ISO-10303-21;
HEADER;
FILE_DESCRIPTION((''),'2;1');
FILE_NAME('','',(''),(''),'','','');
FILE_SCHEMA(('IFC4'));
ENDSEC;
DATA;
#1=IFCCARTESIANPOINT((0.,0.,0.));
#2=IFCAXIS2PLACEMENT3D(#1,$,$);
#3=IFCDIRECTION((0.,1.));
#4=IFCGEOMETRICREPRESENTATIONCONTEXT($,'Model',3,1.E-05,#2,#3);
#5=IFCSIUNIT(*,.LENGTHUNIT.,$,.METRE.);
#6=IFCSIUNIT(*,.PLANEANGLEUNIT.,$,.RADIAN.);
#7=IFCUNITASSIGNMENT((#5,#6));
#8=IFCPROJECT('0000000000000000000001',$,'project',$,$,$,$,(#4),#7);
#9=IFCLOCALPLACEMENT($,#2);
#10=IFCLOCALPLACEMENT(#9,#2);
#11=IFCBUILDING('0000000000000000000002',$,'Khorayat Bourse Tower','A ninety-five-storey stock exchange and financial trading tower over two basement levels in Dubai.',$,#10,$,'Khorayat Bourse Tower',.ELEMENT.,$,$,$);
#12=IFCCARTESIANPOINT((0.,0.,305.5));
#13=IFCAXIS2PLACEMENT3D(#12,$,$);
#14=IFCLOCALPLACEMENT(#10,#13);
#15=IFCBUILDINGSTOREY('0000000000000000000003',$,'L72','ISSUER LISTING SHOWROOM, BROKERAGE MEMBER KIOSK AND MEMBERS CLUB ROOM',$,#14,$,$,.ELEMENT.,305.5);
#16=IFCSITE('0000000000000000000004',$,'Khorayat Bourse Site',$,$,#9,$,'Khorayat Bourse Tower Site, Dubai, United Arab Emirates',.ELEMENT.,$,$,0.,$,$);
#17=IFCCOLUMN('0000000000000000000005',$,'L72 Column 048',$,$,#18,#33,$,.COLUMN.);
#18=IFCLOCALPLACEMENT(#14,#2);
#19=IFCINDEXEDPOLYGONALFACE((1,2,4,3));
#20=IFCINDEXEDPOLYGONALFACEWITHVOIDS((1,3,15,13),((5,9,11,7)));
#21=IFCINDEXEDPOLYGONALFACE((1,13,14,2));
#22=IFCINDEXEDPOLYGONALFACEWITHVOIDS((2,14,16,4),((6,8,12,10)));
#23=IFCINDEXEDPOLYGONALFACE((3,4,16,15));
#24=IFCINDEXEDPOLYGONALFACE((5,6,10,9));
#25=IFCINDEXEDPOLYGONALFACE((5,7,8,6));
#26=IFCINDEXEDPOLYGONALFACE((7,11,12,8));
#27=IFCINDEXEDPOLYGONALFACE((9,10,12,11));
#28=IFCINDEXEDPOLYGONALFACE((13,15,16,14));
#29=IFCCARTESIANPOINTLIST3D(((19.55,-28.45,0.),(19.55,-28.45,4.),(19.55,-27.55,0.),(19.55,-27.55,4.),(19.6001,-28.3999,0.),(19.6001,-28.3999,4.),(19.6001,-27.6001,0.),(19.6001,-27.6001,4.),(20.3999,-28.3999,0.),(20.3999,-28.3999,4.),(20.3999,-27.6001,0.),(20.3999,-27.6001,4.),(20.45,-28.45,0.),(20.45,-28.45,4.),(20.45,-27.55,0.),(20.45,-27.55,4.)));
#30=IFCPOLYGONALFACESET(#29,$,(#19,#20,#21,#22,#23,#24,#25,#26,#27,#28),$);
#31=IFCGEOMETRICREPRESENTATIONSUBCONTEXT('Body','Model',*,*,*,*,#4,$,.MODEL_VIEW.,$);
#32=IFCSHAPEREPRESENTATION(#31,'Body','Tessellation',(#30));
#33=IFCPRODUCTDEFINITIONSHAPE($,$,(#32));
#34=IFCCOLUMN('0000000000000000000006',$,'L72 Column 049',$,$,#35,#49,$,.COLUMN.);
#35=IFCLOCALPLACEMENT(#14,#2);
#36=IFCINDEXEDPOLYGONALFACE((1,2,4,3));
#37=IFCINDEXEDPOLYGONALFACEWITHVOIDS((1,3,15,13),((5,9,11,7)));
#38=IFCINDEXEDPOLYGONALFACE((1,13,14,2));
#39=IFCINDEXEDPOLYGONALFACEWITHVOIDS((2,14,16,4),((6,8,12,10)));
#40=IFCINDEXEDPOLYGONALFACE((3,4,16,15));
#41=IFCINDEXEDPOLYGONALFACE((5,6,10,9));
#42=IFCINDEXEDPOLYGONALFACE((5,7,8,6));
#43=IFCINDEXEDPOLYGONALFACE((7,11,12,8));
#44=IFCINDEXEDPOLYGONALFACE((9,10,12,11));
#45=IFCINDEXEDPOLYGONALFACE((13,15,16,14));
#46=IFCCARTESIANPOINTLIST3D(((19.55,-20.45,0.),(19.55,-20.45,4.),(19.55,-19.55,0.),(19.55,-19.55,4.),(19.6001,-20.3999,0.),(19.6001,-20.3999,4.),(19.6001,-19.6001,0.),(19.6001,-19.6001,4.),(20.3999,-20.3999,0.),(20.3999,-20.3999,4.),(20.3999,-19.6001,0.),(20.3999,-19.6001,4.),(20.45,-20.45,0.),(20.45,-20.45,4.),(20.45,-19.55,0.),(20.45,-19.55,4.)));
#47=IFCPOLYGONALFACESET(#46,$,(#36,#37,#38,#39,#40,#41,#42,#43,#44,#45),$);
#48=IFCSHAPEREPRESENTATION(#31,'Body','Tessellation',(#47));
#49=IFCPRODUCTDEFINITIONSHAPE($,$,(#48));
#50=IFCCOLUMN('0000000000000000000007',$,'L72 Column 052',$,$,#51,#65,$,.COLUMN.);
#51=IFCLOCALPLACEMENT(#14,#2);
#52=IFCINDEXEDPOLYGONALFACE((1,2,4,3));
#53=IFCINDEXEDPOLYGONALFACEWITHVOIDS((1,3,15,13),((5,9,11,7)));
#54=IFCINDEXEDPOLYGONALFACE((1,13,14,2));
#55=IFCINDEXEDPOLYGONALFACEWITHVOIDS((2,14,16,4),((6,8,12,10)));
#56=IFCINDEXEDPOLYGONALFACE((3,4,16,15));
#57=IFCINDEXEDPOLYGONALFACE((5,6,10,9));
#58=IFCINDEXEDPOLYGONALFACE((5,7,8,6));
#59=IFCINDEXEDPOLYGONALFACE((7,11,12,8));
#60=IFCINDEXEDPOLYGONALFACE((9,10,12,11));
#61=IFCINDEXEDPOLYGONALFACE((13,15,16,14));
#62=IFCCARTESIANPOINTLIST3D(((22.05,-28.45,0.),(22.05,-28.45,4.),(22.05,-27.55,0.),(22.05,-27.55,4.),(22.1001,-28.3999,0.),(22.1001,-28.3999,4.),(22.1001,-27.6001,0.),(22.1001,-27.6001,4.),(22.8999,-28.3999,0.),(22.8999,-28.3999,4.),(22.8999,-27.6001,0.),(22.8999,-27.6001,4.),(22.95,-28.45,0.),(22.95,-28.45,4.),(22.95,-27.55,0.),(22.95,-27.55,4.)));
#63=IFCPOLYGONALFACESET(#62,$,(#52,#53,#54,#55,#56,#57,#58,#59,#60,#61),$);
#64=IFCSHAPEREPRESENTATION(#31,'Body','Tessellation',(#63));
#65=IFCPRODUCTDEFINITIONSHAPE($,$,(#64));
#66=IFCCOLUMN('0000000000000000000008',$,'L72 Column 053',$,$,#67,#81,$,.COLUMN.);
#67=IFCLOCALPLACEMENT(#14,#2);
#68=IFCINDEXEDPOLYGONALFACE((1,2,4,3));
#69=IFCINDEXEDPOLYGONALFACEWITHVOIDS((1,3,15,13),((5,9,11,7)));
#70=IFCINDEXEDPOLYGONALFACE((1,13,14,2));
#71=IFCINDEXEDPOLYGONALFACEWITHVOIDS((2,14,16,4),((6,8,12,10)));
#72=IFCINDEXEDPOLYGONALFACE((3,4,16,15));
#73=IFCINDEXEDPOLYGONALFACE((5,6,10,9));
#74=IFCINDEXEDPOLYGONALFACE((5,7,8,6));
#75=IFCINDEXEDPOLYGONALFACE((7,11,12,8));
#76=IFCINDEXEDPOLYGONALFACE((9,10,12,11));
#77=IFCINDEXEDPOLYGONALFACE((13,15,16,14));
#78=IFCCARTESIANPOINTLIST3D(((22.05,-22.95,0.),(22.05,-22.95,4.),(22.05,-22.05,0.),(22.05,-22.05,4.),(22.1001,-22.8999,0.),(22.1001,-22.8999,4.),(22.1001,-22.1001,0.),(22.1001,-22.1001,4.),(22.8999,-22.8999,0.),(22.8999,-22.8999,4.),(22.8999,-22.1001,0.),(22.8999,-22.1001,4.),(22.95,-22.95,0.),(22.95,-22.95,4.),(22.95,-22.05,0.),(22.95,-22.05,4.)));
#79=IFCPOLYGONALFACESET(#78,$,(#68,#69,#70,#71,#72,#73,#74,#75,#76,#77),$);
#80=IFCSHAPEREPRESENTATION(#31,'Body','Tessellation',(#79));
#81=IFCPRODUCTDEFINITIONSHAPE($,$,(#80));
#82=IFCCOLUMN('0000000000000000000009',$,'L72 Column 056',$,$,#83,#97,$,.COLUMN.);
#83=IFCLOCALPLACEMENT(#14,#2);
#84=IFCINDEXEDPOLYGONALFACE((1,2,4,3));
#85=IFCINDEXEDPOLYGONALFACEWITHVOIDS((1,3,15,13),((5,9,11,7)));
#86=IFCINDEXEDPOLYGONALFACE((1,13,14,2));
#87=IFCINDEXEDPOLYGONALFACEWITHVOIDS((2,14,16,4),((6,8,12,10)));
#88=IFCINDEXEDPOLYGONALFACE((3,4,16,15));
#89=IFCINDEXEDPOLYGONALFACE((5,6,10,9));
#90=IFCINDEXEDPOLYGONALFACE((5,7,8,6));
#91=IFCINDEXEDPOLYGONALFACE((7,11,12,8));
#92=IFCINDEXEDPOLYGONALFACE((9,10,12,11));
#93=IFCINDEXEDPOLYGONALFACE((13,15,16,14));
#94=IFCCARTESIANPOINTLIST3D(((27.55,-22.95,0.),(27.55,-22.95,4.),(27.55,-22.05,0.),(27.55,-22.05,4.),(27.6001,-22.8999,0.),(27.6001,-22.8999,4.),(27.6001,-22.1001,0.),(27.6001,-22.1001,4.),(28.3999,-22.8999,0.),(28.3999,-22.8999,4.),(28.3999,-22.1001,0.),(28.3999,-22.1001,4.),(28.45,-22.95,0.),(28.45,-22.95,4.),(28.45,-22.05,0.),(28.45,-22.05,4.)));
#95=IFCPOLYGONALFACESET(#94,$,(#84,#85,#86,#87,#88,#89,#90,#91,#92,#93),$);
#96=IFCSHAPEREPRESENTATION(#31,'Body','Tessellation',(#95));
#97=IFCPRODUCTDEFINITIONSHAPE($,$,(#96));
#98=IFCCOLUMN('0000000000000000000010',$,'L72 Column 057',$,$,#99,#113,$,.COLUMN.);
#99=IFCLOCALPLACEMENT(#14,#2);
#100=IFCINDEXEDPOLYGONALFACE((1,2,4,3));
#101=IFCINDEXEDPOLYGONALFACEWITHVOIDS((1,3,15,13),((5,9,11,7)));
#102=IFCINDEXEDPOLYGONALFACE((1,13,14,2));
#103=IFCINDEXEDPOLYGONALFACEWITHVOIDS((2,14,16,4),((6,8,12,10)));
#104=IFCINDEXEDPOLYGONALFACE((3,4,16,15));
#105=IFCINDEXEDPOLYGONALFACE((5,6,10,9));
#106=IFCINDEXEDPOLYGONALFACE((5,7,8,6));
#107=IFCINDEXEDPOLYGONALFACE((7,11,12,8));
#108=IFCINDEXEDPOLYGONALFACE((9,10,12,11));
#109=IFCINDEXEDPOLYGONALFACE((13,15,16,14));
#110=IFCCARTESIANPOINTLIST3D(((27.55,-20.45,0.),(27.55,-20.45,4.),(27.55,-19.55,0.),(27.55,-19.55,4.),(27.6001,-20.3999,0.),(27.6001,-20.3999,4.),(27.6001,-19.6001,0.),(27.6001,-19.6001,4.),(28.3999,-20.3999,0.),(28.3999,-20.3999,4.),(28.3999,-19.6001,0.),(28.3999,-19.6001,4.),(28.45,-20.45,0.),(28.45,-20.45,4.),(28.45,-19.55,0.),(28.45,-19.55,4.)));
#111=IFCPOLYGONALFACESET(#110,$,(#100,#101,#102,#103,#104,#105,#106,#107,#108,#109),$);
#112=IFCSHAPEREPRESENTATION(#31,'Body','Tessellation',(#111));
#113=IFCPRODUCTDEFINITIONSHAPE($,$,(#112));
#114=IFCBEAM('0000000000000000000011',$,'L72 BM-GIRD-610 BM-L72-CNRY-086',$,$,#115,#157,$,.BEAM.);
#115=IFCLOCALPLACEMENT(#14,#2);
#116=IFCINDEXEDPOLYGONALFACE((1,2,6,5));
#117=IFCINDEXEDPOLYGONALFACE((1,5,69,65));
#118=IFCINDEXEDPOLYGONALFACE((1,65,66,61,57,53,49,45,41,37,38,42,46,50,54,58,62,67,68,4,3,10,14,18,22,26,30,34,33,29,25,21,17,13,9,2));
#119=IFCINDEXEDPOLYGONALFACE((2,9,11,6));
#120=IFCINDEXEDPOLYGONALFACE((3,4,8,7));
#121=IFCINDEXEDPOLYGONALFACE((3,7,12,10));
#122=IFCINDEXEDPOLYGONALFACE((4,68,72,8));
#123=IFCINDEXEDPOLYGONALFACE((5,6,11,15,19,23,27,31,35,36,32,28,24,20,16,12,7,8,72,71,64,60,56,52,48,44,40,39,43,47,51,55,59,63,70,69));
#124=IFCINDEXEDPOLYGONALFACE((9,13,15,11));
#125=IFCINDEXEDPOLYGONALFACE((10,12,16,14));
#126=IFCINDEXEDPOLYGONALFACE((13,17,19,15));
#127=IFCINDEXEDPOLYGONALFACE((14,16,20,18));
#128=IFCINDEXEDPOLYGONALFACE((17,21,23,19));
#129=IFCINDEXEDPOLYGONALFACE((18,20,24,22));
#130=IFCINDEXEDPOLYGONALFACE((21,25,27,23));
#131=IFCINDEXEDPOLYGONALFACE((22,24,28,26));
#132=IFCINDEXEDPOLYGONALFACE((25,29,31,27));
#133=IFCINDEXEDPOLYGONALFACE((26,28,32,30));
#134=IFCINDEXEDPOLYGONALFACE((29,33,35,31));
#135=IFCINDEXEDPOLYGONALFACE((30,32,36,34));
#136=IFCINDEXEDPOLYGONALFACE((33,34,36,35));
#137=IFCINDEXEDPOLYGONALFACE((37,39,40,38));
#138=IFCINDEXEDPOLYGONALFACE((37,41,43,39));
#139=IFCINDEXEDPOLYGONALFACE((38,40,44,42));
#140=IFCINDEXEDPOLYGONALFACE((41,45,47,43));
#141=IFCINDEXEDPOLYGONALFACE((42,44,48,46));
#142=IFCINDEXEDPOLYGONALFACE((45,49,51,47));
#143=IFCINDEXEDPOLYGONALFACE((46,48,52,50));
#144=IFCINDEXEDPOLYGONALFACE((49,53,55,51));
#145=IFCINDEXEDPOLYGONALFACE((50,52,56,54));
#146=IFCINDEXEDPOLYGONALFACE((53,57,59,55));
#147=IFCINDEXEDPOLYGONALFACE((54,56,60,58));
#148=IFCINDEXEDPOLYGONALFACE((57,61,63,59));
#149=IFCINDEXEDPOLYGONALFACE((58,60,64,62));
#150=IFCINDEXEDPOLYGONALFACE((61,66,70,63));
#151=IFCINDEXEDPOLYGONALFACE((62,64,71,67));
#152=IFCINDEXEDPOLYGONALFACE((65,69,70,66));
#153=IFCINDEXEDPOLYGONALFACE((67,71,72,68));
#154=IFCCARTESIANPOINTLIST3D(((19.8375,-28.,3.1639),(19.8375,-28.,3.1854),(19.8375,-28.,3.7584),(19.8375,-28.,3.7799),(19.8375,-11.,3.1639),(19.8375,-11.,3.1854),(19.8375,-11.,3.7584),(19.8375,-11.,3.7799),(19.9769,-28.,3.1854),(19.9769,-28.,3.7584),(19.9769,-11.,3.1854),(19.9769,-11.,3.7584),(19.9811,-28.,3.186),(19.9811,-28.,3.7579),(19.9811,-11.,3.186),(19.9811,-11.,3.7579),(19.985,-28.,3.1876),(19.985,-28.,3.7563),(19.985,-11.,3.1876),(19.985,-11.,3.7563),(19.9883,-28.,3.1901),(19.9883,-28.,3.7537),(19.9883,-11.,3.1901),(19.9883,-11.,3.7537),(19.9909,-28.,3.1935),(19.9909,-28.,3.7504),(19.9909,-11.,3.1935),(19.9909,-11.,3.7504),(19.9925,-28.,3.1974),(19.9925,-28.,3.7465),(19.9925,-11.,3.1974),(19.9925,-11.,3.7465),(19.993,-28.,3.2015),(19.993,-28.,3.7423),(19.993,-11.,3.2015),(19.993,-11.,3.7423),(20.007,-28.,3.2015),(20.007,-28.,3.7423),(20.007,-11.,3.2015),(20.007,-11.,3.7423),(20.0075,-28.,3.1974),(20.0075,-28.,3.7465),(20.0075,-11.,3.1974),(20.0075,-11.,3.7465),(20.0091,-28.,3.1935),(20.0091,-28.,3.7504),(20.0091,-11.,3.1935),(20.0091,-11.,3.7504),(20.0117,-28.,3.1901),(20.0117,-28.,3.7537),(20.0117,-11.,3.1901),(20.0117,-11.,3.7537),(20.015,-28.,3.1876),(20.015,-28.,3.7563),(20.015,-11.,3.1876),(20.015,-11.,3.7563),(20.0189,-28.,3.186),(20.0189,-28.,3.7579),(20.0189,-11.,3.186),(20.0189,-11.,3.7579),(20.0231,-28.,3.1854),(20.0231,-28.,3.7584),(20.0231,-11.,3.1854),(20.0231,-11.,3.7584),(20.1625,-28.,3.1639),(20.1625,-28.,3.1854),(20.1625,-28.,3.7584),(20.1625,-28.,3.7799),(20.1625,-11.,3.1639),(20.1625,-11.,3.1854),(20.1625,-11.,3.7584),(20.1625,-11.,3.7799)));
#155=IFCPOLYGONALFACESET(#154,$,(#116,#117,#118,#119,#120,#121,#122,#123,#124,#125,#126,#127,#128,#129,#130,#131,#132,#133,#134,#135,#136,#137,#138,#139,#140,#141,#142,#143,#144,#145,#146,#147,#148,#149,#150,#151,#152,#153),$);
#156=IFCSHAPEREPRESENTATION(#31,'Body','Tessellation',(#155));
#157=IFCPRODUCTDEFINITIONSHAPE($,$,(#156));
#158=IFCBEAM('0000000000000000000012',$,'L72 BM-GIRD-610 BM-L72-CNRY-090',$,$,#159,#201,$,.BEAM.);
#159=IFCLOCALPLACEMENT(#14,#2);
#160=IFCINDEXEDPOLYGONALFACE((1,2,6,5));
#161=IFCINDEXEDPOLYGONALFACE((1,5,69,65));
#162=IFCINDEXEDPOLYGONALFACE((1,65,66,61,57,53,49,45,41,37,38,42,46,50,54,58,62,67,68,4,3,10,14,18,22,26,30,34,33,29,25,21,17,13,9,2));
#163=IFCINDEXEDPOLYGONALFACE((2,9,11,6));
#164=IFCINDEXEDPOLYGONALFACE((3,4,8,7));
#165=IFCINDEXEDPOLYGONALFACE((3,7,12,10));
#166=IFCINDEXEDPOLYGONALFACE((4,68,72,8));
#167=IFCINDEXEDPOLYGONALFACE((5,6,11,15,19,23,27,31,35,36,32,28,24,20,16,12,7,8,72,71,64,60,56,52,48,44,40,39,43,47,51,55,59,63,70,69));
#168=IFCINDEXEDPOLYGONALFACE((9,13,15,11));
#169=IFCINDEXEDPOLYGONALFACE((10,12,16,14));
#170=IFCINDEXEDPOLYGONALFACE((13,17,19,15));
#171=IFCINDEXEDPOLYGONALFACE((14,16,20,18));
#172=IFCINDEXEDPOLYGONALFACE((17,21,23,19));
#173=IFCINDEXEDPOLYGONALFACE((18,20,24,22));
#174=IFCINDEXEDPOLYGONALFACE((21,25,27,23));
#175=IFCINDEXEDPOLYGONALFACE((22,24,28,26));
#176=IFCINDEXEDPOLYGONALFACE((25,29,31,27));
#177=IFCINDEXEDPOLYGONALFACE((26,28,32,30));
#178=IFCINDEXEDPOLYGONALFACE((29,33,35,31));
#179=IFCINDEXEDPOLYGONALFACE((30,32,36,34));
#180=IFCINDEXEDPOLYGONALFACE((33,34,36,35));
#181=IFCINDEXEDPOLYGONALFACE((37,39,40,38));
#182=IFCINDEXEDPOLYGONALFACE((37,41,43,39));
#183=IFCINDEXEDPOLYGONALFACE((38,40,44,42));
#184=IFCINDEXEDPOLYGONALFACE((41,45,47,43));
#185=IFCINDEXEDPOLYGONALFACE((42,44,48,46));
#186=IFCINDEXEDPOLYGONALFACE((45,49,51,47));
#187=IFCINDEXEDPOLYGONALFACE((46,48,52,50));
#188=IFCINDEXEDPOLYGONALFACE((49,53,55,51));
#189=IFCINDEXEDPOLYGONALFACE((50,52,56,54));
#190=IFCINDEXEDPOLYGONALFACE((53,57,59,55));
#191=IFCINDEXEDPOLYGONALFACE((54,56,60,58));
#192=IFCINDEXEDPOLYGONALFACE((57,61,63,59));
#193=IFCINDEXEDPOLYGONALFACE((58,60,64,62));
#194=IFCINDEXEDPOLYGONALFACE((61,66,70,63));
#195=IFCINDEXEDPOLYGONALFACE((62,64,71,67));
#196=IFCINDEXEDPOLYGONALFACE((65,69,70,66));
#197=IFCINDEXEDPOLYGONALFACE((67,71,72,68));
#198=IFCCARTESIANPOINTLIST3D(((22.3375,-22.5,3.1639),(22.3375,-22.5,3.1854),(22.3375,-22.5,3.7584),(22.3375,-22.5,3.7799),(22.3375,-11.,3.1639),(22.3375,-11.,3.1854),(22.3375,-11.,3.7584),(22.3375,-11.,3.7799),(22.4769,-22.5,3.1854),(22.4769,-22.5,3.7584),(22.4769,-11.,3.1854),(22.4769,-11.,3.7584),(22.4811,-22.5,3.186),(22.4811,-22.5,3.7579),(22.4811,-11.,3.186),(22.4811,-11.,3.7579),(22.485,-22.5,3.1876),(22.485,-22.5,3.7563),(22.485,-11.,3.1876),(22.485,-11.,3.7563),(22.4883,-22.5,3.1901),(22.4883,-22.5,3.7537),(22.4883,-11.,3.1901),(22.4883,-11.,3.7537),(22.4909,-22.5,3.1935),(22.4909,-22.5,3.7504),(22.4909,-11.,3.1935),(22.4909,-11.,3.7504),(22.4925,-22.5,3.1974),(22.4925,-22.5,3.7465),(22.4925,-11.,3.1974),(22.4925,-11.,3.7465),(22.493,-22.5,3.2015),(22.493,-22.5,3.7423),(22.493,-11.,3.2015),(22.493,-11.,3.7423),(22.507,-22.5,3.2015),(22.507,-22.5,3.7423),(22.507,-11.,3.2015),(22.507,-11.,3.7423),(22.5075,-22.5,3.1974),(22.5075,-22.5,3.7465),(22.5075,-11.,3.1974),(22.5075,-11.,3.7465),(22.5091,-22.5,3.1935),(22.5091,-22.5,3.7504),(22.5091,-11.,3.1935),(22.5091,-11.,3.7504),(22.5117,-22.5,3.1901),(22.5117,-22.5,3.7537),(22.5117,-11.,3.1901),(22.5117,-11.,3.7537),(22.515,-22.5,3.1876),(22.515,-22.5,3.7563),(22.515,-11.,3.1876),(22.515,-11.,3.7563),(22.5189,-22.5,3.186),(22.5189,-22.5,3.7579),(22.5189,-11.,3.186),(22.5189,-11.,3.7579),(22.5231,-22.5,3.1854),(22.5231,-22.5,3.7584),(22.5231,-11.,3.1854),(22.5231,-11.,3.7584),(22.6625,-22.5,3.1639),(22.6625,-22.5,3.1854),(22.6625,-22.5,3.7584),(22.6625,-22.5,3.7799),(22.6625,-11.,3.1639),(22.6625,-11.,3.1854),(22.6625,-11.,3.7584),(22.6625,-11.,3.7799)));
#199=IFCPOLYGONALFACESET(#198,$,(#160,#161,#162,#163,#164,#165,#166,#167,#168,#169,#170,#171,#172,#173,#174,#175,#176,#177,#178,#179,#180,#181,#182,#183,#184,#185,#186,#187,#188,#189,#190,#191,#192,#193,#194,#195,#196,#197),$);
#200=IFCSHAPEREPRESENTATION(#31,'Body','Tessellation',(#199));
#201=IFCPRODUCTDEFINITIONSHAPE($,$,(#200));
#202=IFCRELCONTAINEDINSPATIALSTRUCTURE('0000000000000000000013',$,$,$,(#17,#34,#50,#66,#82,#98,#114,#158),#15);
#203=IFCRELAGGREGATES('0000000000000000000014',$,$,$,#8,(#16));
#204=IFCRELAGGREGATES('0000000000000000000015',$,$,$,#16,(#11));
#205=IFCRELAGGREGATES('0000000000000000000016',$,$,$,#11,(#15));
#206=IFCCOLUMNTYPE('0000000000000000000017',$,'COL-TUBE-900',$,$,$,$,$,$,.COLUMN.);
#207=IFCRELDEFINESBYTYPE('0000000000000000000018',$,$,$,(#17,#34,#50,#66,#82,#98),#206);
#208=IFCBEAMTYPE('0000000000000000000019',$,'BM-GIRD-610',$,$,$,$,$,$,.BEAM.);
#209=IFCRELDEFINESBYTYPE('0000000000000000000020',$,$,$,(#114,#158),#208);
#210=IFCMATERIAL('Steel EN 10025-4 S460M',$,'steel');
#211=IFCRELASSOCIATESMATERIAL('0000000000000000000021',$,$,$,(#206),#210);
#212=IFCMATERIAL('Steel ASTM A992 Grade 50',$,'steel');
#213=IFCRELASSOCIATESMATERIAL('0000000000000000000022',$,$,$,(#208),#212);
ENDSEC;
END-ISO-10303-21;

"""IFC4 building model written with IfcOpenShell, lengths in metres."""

from ifc_helpers import new_model, si_unit, direction, frame, origin, origin_2d, place, context, subcontext, project, spatial, hollow_rectangle, i_section, extrude, source, transform, mapped, material, material_profile, profile_set, type_object, element, save


model = new_model("IFC4")

# Units and contexts
model_context = context("Model", 3, precision=1e-05, world=origin(), true_north=direction((0.0, 1.0)))
body_context = subcontext(model_context, "Body", "Model", "MODEL_VIEW")
ifc_project = project(units=[si_unit("LENGTHUNIT", "METRE"), si_unit("PLANEANGLEUNIT", "RADIAN")], contexts=[model_context])

# Site, building, storey
site_placement = place(None, origin())
site = spatial("IfcSite", under=ifc_project, at=site_placement, Name="Khorayat Bourse Site", LongName="Khorayat Bourse Tower Site, Dubai, United Arab Emirates", CompositionType="ELEMENT", RefElevation=0.0)
building_placement = place(site_placement, origin())
building = spatial("IfcBuilding", under=site, at=building_placement, Name="Khorayat Bourse Tower", Description="A ninety-five-storey stock exchange and financial trading tower over two basement levels in Dubai.", LongName="Khorayat Bourse Tower", CompositionType="ELEMENT")
storey_placement = place(building_placement, frame((0.0, 0.0, 305.5)))
storey = spatial("IfcBuildingStorey", under=building, at=storey_placement, Name="L72", Description="ISSUER LISTING SHOWROOM, BROKERAGE MEMBER KIOSK AND MEMBERS CLUB ROOM", CompositionType="ELEMENT", Elevation=305.5)

# Columns
ifc_material_1 = material(Name="Steel EN 10025-4 S460M", Category="steel")
ifc_material_profile_1 = material_profile(ifc_material_1, hollow_rectangle(XDim=0.8999, YDim=0.8999, WallThickness=0.05, at=origin_2d()), Name="BOX 900x900x50")
ifc_profile_set_1 = profile_set([ifc_material_profile_1], Name="Steel EN 10025-4 S460M")
column_type = type_object("IfcColumnType", Name="COL-TUBE-900", PredefinedType="COLUMN", material=ifc_profile_set_1)
shared_shape_1 = source(origin(), body_context, "Body", "SweptSolid", [
    extrude(hollow_rectangle(XDim=0.8999, YDim=0.8999, WallThickness=0.05, at=origin_2d()), origin(), (0.0, 0.0, 1.0), 4.0),
])
for number, where, z_axis, x_axis, name in (
    (1, (20.0, -28.0, 0.0), (0.0, 0.0, 1.0), (1.0, 0.0, 0.0), "L72 Column 048"),
    (2, (20.0, -20.0, 0.0), (0.0, 0.0, 1.0), (1.0, 0.0, 0.0), "L72 Column 049"),
    (3, (22.5, -28.0, 0.0), (0.0, 0.0, 1.0), (1.0, 0.0, 0.0), "L72 Column 052"),
    (4, (22.5, -22.5, 0.0), (0.0, 0.0, 1.0), (1.0, 0.0, 0.0), "L72 Column 053"),
    (5, (28.0, -22.5, 0.0), (0.0, 0.0, 1.0), (1.0, 0.0, 0.0), "L72 Column 056"),
    (6, (28.0, -20.0, 0.0), (0.0, 0.0, 1.0), (1.0, 0.0, 0.0), "L72 Column 057"),
):
    element("IfcColumn", number, at=place(storey_placement, frame(where, z_axis=z_axis, x_axis=x_axis)), inside=storey, type_object=column_type, Name=name, PredefinedType="COLUMN", context=body_context, shape_type="MappedRepresentation", body=[
        mapped(shared_shape_1, transform((0.0, 0.0, 0.0), scale=1.0)),
    ])

# Beams
ifc_material_2 = material(Name="Steel ASTM A992 Grade 50", Category="steel")
ifc_material_profile_2 = material_profile(ifc_material_2, i_section(OverallWidth=0.325, OverallDepth=0.616, WebThickness=0.0139, FlangeThickness=0.0215, FilletRadius=0.0161, at=origin_2d()), Name="W610X174")
ifc_profile_set_2 = profile_set([ifc_material_profile_2], Name="Steel ASTM A992 Grade 50")
beam_type_1 = type_object("IfcBeamType", Name="BM-GIRD-610", PredefinedType="BEAM", material=ifc_profile_set_2)
shared_shape_2 = source(origin(), body_context, "Body", "SweptSolid", [
    extrude(i_section(OverallWidth=0.325, OverallDepth=0.616, WebThickness=0.0139, FlangeThickness=0.0215, FilletRadius=0.0161, at=origin_2d()), origin(), (0.0, 0.0, 1.0), 17.0),
])
beam_1_placement = place(storey_placement, frame((20.0, -28.0, 3.4719), z_axis=(0.0, 1.0, 0.0), x_axis=(-1.0, 0.0, 0.0)))
element("IfcBeam", 7, at=beam_1_placement, inside=storey, type_object=beam_type_1, Name="L72 BM-GIRD-610 BM-L72-CNRY-086", PredefinedType="BEAM", context=body_context, shape_type="MappedRepresentation", body=[
    mapped(shared_shape_2, transform((0.0, 0.0, 0.0), scale=1.0)),
])
shared_shape_3 = source(origin(), body_context, "Body", "SweptSolid", [
    extrude(i_section(OverallWidth=0.325, OverallDepth=0.616, WebThickness=0.0139, FlangeThickness=0.0215, FilletRadius=0.0161, at=origin_2d()), origin(), (0.0, 0.0, 1.0), 11.5),
])
beam_2_placement = place(storey_placement, frame((22.5, -22.5, 3.4719), z_axis=(0.0, 1.0, 0.0), x_axis=(-1.0, 0.0, 0.0)))
element("IfcBeam", 8, at=beam_2_placement, inside=storey, type_object=beam_type_1, Name="L72 BM-GIRD-610 BM-L72-CNRY-090", PredefinedType="BEAM", context=body_context, shape_type="MappedRepresentation", body=[
    mapped(shared_shape_3, transform((0.0, 0.0, 0.0), scale=1.0)),
])

save(model, "model.ifc")
